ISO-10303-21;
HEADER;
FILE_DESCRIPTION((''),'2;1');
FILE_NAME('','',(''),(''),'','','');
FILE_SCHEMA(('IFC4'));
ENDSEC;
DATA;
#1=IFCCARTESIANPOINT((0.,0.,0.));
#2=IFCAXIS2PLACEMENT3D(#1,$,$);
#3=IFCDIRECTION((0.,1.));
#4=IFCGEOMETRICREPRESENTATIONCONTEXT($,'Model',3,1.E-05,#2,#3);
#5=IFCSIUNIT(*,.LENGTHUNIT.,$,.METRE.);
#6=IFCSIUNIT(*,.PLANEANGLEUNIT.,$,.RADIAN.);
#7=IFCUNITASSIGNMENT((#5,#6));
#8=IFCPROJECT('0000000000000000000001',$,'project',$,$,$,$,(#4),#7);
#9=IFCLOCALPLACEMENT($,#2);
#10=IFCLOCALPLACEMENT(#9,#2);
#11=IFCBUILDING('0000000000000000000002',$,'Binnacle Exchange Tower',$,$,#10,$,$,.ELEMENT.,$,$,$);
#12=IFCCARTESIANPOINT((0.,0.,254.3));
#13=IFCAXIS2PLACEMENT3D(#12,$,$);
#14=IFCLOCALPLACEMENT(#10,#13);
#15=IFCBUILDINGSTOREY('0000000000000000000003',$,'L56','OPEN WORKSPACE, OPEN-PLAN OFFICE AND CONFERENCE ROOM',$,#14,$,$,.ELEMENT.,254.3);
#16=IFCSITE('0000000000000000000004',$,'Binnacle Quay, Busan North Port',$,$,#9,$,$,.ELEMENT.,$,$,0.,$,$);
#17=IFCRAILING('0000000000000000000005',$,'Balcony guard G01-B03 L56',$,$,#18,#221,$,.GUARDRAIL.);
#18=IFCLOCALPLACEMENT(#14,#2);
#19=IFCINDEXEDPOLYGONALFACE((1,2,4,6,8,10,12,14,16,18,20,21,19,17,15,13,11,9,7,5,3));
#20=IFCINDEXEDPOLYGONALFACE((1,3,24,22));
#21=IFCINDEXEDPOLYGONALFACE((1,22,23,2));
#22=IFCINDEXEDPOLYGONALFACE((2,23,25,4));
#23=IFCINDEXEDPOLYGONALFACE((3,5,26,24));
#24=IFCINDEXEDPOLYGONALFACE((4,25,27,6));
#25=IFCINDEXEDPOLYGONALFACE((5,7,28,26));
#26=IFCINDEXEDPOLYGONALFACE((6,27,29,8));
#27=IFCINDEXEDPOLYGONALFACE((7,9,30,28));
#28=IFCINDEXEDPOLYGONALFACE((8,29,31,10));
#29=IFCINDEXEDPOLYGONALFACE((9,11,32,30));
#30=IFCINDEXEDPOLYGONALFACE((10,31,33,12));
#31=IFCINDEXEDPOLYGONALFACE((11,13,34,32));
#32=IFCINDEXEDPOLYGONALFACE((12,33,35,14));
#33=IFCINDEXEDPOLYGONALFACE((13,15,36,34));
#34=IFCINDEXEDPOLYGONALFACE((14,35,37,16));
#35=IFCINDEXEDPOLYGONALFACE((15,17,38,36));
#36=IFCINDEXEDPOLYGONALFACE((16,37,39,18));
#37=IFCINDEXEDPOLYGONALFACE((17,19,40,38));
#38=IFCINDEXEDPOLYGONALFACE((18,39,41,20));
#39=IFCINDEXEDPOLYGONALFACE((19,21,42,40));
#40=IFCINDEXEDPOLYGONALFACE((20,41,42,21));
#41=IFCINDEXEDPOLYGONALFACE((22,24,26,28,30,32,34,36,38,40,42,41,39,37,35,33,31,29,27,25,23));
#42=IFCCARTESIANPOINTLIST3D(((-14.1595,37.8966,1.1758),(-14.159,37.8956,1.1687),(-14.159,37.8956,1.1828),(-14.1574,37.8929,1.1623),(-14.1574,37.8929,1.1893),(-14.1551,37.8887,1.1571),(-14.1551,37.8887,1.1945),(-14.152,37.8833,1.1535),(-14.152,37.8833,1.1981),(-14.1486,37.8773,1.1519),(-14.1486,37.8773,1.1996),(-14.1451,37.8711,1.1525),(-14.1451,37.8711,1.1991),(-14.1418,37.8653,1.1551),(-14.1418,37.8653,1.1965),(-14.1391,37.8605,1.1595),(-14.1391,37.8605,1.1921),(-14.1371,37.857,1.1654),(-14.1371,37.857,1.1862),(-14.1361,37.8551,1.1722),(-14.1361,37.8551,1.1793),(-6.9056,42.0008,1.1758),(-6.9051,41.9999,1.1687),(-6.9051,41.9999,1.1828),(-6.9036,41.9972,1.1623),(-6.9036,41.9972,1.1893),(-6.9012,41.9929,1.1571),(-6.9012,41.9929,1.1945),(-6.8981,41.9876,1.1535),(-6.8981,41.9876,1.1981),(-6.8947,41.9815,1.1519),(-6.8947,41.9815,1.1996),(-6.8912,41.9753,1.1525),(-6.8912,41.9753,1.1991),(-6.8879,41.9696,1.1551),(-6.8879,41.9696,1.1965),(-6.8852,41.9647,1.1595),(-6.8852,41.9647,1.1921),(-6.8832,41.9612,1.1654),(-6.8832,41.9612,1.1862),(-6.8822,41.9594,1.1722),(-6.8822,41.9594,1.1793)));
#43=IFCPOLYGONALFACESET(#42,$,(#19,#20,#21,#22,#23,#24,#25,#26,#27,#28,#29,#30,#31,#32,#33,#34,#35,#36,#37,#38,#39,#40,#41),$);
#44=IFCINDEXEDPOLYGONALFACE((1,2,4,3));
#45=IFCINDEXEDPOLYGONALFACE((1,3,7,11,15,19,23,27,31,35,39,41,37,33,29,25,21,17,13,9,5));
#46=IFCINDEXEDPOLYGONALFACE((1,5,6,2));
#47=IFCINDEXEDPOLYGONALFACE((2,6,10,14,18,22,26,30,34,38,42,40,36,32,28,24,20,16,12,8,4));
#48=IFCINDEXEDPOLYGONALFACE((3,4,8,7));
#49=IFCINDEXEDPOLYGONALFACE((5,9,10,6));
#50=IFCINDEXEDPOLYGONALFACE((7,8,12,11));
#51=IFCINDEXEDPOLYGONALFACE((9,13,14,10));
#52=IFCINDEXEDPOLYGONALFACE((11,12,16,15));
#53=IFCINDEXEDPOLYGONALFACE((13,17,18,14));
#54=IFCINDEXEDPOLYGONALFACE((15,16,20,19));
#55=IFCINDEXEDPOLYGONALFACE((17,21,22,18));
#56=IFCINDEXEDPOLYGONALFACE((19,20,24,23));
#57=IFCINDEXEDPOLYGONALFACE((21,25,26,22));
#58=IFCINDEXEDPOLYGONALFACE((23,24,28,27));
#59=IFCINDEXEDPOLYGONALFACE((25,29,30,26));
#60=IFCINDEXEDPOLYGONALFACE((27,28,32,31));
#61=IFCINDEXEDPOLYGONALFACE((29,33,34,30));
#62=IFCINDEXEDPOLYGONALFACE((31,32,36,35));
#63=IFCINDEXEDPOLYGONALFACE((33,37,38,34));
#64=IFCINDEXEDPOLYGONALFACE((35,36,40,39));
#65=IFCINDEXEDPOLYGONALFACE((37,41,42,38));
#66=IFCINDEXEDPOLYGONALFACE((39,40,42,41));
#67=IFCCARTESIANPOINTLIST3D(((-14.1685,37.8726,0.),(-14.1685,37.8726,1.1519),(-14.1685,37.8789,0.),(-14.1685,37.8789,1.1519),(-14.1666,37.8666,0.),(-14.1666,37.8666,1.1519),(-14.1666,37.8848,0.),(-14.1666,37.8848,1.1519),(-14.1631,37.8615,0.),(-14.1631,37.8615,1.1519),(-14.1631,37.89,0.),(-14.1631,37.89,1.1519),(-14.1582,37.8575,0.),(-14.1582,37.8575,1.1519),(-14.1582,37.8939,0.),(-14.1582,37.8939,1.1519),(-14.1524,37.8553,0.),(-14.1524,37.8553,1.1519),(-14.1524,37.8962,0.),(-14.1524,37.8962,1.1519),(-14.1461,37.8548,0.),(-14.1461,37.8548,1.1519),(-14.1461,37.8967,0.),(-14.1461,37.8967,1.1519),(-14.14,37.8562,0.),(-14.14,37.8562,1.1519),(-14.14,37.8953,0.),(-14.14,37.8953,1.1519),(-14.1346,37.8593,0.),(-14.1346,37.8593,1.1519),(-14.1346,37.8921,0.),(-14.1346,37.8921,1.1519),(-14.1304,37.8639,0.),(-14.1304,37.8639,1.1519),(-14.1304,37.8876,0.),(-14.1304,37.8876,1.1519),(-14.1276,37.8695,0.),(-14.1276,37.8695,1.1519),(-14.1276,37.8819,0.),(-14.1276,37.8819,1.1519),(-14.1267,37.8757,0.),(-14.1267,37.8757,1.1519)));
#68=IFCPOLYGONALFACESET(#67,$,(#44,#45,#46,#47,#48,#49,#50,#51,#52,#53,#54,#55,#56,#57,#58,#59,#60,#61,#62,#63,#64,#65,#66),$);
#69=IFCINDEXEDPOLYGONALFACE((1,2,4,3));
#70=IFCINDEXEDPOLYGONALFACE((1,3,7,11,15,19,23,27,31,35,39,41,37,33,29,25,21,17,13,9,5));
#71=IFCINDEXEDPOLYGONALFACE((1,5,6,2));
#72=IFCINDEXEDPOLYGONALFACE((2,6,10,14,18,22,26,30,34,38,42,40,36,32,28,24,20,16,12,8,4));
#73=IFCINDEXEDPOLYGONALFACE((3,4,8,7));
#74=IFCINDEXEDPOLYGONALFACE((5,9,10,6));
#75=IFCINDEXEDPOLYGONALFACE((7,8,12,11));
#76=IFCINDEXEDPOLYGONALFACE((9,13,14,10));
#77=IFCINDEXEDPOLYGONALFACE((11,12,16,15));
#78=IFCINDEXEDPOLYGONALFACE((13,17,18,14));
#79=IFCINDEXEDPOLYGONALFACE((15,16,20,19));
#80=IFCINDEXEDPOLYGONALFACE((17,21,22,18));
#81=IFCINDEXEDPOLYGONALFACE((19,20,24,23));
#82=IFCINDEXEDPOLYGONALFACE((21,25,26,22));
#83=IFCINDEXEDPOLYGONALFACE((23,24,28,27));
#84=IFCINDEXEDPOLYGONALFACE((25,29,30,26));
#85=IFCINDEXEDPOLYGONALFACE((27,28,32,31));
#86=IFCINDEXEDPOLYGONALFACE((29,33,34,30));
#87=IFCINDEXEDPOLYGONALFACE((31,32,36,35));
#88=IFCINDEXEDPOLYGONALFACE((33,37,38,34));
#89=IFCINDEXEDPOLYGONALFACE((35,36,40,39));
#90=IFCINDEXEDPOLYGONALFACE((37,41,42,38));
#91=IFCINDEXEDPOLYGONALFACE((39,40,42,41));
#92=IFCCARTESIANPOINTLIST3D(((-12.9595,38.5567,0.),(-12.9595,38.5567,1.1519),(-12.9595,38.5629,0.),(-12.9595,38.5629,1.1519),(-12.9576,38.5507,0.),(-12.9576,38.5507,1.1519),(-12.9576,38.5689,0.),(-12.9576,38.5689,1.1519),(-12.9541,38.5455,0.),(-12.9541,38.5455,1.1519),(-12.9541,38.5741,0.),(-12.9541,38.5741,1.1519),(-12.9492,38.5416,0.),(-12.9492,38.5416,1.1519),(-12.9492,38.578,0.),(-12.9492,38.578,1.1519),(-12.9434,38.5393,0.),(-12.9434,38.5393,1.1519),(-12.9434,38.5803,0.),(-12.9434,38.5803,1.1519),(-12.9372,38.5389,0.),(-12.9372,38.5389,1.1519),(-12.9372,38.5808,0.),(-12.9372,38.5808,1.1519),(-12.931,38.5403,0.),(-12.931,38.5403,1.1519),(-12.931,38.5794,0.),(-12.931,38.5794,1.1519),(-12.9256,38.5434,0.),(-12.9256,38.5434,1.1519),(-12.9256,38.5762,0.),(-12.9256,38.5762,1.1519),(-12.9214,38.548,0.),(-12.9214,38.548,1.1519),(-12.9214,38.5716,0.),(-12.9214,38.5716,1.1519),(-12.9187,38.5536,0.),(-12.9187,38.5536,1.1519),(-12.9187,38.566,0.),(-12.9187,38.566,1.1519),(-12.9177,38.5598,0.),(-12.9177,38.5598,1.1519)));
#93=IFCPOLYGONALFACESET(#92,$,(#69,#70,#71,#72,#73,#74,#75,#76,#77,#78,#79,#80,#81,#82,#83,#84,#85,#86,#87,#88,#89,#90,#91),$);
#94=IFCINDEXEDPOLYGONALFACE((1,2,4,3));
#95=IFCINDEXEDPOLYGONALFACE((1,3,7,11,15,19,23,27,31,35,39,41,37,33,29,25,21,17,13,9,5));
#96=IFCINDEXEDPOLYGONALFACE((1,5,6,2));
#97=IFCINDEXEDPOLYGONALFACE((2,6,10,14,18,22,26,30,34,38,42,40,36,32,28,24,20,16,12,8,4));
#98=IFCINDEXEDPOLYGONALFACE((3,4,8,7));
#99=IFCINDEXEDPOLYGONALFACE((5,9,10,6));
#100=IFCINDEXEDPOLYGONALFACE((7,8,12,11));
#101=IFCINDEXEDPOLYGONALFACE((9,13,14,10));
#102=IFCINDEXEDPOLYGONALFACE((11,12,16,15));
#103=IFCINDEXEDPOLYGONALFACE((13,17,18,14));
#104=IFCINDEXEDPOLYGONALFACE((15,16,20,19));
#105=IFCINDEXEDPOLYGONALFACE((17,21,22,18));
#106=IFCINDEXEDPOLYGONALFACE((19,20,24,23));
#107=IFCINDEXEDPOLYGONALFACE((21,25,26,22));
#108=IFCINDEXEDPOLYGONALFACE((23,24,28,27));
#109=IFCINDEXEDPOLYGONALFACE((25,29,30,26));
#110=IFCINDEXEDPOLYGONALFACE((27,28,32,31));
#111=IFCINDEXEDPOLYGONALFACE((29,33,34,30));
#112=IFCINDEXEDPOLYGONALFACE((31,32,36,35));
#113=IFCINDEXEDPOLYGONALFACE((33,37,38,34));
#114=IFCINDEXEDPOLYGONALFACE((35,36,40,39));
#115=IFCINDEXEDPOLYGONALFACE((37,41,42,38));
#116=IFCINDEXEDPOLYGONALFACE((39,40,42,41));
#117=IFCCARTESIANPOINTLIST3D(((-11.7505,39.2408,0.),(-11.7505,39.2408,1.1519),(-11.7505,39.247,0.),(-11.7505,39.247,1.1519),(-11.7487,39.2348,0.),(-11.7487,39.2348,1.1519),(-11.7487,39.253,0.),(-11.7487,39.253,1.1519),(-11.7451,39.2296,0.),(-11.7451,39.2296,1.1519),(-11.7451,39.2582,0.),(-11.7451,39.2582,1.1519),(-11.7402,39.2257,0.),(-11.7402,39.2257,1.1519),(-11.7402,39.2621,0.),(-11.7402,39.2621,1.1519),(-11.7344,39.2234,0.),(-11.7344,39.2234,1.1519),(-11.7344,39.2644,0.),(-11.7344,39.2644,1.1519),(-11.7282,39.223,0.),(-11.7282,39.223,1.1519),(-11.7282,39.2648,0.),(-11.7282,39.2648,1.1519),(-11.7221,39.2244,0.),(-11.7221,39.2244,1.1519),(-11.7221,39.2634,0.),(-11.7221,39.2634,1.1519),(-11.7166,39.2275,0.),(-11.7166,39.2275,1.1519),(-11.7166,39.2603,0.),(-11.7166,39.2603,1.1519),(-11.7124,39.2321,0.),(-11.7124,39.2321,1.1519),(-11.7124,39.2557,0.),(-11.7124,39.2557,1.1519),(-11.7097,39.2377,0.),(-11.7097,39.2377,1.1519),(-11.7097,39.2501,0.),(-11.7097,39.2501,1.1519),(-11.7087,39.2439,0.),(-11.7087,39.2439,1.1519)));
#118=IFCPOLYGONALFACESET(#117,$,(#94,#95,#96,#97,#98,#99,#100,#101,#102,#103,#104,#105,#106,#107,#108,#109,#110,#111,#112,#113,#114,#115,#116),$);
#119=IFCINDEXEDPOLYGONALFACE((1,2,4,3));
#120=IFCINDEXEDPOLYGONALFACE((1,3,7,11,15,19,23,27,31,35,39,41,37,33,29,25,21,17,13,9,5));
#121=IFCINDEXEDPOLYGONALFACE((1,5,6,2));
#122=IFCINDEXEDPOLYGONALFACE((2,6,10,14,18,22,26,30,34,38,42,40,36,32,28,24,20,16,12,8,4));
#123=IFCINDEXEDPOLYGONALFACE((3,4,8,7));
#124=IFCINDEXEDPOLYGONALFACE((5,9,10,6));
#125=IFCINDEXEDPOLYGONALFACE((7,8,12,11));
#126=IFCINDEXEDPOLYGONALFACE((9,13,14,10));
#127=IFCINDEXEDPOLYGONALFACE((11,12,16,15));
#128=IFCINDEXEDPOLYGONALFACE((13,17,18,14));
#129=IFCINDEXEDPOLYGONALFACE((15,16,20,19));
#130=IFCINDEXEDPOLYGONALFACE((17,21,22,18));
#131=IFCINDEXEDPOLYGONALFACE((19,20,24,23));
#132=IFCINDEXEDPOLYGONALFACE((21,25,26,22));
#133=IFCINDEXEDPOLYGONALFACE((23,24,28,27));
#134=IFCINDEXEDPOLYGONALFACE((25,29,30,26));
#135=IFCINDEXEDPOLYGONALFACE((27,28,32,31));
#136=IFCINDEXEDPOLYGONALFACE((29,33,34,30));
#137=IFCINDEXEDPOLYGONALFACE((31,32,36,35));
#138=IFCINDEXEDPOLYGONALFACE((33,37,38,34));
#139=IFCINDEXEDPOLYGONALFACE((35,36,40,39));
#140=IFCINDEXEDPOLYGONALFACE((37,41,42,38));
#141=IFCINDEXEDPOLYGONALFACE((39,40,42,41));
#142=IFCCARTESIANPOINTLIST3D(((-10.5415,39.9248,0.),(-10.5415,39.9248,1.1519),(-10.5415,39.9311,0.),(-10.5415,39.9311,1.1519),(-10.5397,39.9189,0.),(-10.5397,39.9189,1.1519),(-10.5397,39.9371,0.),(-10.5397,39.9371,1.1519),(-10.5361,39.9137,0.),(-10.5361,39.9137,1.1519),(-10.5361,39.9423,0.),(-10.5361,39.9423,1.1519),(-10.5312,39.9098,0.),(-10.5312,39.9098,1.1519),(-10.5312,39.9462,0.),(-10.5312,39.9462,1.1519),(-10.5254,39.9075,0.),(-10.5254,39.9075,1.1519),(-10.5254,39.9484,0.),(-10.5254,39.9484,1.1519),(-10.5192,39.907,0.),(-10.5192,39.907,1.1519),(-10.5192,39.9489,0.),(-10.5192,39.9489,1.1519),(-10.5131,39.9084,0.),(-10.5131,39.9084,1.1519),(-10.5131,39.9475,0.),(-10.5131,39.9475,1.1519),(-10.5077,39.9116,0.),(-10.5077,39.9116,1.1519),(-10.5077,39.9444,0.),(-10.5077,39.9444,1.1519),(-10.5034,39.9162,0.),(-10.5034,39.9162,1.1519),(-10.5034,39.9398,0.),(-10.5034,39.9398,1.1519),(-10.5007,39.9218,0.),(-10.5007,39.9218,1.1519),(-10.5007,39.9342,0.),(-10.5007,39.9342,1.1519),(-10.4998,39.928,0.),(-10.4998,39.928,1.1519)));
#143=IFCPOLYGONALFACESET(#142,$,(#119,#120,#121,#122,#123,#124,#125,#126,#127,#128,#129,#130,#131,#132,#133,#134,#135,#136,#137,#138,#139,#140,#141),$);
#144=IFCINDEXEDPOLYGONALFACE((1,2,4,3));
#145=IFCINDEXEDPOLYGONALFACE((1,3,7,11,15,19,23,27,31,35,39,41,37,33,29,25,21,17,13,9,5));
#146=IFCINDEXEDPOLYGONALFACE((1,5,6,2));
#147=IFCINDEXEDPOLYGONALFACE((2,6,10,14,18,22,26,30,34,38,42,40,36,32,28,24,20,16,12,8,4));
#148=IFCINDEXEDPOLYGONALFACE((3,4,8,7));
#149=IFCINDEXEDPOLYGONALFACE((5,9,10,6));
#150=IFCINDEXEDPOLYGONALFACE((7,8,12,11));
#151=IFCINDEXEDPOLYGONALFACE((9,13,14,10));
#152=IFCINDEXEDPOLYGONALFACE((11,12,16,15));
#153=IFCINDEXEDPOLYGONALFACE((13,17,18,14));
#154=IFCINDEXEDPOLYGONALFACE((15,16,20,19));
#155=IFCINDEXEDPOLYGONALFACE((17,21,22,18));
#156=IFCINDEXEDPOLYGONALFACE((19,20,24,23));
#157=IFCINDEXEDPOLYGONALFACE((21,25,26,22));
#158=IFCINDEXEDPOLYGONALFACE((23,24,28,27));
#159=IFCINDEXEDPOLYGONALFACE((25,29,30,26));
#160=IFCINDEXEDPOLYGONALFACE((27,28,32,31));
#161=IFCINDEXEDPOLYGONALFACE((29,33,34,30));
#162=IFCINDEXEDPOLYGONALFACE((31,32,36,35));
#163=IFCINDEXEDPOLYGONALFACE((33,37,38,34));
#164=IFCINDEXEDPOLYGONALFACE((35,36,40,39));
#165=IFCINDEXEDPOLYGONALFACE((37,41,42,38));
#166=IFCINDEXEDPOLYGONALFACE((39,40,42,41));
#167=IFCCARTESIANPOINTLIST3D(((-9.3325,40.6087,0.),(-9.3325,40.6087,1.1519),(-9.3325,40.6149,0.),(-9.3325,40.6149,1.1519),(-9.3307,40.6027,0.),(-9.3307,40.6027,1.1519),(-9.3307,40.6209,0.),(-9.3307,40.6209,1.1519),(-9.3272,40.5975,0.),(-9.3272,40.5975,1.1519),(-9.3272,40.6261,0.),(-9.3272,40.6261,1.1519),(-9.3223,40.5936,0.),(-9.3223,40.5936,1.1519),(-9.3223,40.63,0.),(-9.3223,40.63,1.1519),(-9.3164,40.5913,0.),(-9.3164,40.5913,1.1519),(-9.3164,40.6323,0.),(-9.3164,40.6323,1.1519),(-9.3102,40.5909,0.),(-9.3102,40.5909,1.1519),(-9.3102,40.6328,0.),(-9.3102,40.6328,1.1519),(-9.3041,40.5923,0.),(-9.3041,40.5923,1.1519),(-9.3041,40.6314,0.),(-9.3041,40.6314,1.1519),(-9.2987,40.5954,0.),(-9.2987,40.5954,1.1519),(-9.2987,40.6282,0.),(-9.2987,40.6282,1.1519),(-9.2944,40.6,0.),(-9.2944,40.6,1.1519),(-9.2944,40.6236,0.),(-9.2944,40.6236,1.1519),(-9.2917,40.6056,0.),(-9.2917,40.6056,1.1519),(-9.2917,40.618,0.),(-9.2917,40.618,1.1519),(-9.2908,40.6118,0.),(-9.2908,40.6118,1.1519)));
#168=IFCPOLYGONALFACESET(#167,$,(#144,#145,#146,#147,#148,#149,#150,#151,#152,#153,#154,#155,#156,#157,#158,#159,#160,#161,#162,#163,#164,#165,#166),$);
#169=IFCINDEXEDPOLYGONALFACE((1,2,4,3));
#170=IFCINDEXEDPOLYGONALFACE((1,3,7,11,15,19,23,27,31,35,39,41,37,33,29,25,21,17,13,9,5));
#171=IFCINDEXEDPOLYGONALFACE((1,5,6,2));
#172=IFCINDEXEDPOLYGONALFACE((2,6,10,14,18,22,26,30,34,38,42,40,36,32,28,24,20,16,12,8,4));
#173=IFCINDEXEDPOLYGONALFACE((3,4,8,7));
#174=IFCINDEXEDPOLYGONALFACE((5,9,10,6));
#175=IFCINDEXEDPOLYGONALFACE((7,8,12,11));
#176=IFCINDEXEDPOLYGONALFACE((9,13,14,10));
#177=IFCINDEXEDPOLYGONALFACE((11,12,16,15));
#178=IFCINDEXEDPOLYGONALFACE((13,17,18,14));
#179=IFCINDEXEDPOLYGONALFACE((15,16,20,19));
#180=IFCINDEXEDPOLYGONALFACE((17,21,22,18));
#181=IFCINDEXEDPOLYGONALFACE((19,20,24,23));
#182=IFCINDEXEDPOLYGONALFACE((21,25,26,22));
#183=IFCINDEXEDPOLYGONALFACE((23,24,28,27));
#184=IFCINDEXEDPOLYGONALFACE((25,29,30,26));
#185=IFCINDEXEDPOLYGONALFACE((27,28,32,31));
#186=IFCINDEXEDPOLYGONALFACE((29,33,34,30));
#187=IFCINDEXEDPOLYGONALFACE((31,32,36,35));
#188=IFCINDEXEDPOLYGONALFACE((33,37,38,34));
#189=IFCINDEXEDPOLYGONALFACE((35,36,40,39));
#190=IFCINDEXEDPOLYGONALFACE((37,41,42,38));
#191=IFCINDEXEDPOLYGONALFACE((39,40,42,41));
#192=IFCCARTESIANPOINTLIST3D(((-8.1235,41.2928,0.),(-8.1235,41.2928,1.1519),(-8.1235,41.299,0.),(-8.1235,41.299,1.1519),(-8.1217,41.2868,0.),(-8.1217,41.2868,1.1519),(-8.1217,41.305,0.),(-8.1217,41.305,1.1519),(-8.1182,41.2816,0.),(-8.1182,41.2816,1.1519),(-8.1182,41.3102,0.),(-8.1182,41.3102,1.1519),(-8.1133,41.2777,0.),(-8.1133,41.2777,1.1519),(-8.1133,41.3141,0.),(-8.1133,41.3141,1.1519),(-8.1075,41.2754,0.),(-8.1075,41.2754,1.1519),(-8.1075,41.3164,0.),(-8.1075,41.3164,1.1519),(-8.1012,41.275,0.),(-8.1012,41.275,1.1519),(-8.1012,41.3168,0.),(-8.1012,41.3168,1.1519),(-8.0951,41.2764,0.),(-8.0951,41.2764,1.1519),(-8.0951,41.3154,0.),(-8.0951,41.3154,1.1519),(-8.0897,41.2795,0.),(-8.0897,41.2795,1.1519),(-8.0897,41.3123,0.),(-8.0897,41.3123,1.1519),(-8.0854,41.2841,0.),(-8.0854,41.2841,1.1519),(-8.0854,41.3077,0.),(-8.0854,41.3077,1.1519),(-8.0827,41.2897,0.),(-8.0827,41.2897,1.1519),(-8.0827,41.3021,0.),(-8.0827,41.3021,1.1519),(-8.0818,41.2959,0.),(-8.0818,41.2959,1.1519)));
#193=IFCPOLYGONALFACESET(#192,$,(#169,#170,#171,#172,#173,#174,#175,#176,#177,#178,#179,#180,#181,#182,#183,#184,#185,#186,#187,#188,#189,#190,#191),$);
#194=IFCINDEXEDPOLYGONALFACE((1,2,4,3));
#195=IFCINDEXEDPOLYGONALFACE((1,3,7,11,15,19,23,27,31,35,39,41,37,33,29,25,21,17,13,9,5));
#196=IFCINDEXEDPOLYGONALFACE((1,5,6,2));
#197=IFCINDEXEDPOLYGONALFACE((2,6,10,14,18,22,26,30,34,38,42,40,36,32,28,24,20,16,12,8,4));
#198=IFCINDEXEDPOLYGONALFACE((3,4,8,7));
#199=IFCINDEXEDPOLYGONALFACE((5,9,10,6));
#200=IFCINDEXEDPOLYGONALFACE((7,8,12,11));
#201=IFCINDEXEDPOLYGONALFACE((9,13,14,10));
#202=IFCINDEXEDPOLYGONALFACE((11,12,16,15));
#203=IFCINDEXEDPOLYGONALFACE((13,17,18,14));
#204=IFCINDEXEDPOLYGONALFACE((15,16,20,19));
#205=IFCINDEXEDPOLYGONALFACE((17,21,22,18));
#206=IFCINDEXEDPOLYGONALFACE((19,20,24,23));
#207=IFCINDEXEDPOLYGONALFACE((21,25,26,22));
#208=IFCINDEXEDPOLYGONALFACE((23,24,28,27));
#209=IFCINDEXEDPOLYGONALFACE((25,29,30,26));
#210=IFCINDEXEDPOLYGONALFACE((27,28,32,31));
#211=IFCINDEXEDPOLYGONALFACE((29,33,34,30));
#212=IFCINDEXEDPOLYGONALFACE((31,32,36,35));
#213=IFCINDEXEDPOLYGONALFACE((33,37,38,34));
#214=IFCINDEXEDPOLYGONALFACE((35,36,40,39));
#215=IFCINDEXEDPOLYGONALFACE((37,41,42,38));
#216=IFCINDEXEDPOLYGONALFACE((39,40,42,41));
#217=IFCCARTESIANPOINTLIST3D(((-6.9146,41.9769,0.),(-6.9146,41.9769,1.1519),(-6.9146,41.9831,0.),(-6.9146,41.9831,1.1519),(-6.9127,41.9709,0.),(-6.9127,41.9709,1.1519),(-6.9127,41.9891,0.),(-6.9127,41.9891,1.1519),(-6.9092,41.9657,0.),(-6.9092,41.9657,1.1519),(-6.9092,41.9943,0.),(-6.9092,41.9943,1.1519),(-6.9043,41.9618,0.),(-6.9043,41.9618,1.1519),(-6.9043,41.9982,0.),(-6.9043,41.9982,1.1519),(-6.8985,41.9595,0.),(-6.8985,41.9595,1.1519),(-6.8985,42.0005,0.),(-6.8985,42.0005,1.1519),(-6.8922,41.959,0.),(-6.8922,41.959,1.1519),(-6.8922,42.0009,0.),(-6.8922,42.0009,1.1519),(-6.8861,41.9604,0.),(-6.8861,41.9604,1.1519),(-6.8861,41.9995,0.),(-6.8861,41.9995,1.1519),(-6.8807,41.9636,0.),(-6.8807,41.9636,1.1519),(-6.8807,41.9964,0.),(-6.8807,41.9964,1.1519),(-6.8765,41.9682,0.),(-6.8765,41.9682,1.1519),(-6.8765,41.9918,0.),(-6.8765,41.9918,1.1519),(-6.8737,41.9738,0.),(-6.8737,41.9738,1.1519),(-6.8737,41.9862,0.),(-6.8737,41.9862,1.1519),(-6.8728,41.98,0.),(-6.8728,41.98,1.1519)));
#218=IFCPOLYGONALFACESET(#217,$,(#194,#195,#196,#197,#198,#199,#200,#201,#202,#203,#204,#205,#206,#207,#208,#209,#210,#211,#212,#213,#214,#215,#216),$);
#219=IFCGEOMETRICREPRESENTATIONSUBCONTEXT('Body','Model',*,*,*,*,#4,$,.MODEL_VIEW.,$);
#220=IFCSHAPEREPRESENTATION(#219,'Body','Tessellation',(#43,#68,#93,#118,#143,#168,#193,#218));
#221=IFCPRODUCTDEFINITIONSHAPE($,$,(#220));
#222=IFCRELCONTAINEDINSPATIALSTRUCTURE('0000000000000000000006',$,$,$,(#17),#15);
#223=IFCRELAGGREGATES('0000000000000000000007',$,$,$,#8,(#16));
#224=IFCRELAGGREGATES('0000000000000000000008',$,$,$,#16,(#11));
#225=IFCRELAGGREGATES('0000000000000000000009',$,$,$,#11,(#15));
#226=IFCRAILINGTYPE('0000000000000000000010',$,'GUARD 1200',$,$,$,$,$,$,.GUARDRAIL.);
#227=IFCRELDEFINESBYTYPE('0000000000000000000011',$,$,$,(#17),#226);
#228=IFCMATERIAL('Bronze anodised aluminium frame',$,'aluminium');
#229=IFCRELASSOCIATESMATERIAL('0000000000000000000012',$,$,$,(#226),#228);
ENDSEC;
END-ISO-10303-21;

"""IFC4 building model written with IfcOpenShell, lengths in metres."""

from ifc_helpers import new_model, si_unit, direction, frame, origin, origin_2d, place, context, subcontext, project, spatial, circle, extrude, material, type_object, element, save


model = new_model("IFC4")

# Units and contexts
model_context = context("Model", 3, precision=1e-05, world=origin(), true_north=direction((0.0, 1.0)))
body_context = subcontext(model_context, "Body", "Model", "MODEL_VIEW")
ifc_project = project(units=[si_unit("LENGTHUNIT", "METRE"), si_unit("PLANEANGLEUNIT", "RADIAN")], contexts=[model_context])

# Site, building, storey
site_placement = place(None, origin())
site = spatial("IfcSite", under=ifc_project, at=site_placement, Name="Binnacle Quay, Busan North Port", CompositionType="ELEMENT", RefElevation=0.0)
building_placement = place(site_placement, origin())
building = spatial("IfcBuilding", under=site, at=building_placement, Name="Binnacle Exchange Tower", CompositionType="ELEMENT")
storey_placement = place(building_placement, frame((0.0, 0.0, 254.3)))
storey = spatial("IfcBuildingStorey", under=building, at=storey_placement, Name="L56", Description="OPEN WORKSPACE, OPEN-PLAN OFFICE AND CONFERENCE ROOM", CompositionType="ELEMENT", Elevation=254.3)

# Railing
ifc_material_1 = material(Name="Bronze anodised aluminium frame", Category="aluminium")
railing_type = type_object("IfcRailingType", Name="GUARD 1200", PredefinedType="GUARDRAIL", material=ifc_material_1)
railing_1_placement = place(storey_placement, frame((-14.1477, 37.8757, 0.0)))
element("IfcRailing", 1, at=railing_1_placement, inside=storey, type_object=railing_type, Name="Balcony guard G01-B03 L56", PredefinedType="GUARDRAIL", context=body_context, shape_type="SweptSolid", body=[
    extrude(circle(Radius=0.0239, at=origin_2d()), frame((0.0, 0.0, 1.1758), z_axis=(0.870346, 0.49244, 0.0), x_axis=(-0.49244, 0.870346, 0.0)), (0.0, 0.0, 1.0), 8.3345),
    extrude(circle(Radius=0.021, at=origin_2d()), origin(), (0.0, 0.0, 1.0), 1.1519),
    extrude(circle(Radius=0.021, at=origin_2d()), frame((1.209, 0.6841, 0.0)), (0.0, 0.0, 1.0), 1.1519),
    extrude(circle(Radius=0.021, at=origin_2d()), frame((2.418, 1.3682, 0.0)), (0.0, 0.0, 1.0), 1.1519),
    extrude(circle(Radius=0.021, at=origin_2d()), frame((3.627, 2.0522, 0.0)), (0.0, 0.0, 1.0), 1.1519),
    extrude(circle(Radius=0.021, at=origin_2d()), frame((4.8359, 2.7361, 0.0)), (0.0, 0.0, 1.0), 1.1519),
    extrude(circle(Radius=0.021, at=origin_2d()), frame((6.0449, 3.4202, 0.0)), (0.0, 0.0, 1.0), 1.1519),
    extrude(circle(Radius=0.021, at=origin_2d()), frame((7.2539, 4.1042, 0.0)), (0.0, 0.0, 1.0), 1.1519),
])

save(model, "model.ifc")
